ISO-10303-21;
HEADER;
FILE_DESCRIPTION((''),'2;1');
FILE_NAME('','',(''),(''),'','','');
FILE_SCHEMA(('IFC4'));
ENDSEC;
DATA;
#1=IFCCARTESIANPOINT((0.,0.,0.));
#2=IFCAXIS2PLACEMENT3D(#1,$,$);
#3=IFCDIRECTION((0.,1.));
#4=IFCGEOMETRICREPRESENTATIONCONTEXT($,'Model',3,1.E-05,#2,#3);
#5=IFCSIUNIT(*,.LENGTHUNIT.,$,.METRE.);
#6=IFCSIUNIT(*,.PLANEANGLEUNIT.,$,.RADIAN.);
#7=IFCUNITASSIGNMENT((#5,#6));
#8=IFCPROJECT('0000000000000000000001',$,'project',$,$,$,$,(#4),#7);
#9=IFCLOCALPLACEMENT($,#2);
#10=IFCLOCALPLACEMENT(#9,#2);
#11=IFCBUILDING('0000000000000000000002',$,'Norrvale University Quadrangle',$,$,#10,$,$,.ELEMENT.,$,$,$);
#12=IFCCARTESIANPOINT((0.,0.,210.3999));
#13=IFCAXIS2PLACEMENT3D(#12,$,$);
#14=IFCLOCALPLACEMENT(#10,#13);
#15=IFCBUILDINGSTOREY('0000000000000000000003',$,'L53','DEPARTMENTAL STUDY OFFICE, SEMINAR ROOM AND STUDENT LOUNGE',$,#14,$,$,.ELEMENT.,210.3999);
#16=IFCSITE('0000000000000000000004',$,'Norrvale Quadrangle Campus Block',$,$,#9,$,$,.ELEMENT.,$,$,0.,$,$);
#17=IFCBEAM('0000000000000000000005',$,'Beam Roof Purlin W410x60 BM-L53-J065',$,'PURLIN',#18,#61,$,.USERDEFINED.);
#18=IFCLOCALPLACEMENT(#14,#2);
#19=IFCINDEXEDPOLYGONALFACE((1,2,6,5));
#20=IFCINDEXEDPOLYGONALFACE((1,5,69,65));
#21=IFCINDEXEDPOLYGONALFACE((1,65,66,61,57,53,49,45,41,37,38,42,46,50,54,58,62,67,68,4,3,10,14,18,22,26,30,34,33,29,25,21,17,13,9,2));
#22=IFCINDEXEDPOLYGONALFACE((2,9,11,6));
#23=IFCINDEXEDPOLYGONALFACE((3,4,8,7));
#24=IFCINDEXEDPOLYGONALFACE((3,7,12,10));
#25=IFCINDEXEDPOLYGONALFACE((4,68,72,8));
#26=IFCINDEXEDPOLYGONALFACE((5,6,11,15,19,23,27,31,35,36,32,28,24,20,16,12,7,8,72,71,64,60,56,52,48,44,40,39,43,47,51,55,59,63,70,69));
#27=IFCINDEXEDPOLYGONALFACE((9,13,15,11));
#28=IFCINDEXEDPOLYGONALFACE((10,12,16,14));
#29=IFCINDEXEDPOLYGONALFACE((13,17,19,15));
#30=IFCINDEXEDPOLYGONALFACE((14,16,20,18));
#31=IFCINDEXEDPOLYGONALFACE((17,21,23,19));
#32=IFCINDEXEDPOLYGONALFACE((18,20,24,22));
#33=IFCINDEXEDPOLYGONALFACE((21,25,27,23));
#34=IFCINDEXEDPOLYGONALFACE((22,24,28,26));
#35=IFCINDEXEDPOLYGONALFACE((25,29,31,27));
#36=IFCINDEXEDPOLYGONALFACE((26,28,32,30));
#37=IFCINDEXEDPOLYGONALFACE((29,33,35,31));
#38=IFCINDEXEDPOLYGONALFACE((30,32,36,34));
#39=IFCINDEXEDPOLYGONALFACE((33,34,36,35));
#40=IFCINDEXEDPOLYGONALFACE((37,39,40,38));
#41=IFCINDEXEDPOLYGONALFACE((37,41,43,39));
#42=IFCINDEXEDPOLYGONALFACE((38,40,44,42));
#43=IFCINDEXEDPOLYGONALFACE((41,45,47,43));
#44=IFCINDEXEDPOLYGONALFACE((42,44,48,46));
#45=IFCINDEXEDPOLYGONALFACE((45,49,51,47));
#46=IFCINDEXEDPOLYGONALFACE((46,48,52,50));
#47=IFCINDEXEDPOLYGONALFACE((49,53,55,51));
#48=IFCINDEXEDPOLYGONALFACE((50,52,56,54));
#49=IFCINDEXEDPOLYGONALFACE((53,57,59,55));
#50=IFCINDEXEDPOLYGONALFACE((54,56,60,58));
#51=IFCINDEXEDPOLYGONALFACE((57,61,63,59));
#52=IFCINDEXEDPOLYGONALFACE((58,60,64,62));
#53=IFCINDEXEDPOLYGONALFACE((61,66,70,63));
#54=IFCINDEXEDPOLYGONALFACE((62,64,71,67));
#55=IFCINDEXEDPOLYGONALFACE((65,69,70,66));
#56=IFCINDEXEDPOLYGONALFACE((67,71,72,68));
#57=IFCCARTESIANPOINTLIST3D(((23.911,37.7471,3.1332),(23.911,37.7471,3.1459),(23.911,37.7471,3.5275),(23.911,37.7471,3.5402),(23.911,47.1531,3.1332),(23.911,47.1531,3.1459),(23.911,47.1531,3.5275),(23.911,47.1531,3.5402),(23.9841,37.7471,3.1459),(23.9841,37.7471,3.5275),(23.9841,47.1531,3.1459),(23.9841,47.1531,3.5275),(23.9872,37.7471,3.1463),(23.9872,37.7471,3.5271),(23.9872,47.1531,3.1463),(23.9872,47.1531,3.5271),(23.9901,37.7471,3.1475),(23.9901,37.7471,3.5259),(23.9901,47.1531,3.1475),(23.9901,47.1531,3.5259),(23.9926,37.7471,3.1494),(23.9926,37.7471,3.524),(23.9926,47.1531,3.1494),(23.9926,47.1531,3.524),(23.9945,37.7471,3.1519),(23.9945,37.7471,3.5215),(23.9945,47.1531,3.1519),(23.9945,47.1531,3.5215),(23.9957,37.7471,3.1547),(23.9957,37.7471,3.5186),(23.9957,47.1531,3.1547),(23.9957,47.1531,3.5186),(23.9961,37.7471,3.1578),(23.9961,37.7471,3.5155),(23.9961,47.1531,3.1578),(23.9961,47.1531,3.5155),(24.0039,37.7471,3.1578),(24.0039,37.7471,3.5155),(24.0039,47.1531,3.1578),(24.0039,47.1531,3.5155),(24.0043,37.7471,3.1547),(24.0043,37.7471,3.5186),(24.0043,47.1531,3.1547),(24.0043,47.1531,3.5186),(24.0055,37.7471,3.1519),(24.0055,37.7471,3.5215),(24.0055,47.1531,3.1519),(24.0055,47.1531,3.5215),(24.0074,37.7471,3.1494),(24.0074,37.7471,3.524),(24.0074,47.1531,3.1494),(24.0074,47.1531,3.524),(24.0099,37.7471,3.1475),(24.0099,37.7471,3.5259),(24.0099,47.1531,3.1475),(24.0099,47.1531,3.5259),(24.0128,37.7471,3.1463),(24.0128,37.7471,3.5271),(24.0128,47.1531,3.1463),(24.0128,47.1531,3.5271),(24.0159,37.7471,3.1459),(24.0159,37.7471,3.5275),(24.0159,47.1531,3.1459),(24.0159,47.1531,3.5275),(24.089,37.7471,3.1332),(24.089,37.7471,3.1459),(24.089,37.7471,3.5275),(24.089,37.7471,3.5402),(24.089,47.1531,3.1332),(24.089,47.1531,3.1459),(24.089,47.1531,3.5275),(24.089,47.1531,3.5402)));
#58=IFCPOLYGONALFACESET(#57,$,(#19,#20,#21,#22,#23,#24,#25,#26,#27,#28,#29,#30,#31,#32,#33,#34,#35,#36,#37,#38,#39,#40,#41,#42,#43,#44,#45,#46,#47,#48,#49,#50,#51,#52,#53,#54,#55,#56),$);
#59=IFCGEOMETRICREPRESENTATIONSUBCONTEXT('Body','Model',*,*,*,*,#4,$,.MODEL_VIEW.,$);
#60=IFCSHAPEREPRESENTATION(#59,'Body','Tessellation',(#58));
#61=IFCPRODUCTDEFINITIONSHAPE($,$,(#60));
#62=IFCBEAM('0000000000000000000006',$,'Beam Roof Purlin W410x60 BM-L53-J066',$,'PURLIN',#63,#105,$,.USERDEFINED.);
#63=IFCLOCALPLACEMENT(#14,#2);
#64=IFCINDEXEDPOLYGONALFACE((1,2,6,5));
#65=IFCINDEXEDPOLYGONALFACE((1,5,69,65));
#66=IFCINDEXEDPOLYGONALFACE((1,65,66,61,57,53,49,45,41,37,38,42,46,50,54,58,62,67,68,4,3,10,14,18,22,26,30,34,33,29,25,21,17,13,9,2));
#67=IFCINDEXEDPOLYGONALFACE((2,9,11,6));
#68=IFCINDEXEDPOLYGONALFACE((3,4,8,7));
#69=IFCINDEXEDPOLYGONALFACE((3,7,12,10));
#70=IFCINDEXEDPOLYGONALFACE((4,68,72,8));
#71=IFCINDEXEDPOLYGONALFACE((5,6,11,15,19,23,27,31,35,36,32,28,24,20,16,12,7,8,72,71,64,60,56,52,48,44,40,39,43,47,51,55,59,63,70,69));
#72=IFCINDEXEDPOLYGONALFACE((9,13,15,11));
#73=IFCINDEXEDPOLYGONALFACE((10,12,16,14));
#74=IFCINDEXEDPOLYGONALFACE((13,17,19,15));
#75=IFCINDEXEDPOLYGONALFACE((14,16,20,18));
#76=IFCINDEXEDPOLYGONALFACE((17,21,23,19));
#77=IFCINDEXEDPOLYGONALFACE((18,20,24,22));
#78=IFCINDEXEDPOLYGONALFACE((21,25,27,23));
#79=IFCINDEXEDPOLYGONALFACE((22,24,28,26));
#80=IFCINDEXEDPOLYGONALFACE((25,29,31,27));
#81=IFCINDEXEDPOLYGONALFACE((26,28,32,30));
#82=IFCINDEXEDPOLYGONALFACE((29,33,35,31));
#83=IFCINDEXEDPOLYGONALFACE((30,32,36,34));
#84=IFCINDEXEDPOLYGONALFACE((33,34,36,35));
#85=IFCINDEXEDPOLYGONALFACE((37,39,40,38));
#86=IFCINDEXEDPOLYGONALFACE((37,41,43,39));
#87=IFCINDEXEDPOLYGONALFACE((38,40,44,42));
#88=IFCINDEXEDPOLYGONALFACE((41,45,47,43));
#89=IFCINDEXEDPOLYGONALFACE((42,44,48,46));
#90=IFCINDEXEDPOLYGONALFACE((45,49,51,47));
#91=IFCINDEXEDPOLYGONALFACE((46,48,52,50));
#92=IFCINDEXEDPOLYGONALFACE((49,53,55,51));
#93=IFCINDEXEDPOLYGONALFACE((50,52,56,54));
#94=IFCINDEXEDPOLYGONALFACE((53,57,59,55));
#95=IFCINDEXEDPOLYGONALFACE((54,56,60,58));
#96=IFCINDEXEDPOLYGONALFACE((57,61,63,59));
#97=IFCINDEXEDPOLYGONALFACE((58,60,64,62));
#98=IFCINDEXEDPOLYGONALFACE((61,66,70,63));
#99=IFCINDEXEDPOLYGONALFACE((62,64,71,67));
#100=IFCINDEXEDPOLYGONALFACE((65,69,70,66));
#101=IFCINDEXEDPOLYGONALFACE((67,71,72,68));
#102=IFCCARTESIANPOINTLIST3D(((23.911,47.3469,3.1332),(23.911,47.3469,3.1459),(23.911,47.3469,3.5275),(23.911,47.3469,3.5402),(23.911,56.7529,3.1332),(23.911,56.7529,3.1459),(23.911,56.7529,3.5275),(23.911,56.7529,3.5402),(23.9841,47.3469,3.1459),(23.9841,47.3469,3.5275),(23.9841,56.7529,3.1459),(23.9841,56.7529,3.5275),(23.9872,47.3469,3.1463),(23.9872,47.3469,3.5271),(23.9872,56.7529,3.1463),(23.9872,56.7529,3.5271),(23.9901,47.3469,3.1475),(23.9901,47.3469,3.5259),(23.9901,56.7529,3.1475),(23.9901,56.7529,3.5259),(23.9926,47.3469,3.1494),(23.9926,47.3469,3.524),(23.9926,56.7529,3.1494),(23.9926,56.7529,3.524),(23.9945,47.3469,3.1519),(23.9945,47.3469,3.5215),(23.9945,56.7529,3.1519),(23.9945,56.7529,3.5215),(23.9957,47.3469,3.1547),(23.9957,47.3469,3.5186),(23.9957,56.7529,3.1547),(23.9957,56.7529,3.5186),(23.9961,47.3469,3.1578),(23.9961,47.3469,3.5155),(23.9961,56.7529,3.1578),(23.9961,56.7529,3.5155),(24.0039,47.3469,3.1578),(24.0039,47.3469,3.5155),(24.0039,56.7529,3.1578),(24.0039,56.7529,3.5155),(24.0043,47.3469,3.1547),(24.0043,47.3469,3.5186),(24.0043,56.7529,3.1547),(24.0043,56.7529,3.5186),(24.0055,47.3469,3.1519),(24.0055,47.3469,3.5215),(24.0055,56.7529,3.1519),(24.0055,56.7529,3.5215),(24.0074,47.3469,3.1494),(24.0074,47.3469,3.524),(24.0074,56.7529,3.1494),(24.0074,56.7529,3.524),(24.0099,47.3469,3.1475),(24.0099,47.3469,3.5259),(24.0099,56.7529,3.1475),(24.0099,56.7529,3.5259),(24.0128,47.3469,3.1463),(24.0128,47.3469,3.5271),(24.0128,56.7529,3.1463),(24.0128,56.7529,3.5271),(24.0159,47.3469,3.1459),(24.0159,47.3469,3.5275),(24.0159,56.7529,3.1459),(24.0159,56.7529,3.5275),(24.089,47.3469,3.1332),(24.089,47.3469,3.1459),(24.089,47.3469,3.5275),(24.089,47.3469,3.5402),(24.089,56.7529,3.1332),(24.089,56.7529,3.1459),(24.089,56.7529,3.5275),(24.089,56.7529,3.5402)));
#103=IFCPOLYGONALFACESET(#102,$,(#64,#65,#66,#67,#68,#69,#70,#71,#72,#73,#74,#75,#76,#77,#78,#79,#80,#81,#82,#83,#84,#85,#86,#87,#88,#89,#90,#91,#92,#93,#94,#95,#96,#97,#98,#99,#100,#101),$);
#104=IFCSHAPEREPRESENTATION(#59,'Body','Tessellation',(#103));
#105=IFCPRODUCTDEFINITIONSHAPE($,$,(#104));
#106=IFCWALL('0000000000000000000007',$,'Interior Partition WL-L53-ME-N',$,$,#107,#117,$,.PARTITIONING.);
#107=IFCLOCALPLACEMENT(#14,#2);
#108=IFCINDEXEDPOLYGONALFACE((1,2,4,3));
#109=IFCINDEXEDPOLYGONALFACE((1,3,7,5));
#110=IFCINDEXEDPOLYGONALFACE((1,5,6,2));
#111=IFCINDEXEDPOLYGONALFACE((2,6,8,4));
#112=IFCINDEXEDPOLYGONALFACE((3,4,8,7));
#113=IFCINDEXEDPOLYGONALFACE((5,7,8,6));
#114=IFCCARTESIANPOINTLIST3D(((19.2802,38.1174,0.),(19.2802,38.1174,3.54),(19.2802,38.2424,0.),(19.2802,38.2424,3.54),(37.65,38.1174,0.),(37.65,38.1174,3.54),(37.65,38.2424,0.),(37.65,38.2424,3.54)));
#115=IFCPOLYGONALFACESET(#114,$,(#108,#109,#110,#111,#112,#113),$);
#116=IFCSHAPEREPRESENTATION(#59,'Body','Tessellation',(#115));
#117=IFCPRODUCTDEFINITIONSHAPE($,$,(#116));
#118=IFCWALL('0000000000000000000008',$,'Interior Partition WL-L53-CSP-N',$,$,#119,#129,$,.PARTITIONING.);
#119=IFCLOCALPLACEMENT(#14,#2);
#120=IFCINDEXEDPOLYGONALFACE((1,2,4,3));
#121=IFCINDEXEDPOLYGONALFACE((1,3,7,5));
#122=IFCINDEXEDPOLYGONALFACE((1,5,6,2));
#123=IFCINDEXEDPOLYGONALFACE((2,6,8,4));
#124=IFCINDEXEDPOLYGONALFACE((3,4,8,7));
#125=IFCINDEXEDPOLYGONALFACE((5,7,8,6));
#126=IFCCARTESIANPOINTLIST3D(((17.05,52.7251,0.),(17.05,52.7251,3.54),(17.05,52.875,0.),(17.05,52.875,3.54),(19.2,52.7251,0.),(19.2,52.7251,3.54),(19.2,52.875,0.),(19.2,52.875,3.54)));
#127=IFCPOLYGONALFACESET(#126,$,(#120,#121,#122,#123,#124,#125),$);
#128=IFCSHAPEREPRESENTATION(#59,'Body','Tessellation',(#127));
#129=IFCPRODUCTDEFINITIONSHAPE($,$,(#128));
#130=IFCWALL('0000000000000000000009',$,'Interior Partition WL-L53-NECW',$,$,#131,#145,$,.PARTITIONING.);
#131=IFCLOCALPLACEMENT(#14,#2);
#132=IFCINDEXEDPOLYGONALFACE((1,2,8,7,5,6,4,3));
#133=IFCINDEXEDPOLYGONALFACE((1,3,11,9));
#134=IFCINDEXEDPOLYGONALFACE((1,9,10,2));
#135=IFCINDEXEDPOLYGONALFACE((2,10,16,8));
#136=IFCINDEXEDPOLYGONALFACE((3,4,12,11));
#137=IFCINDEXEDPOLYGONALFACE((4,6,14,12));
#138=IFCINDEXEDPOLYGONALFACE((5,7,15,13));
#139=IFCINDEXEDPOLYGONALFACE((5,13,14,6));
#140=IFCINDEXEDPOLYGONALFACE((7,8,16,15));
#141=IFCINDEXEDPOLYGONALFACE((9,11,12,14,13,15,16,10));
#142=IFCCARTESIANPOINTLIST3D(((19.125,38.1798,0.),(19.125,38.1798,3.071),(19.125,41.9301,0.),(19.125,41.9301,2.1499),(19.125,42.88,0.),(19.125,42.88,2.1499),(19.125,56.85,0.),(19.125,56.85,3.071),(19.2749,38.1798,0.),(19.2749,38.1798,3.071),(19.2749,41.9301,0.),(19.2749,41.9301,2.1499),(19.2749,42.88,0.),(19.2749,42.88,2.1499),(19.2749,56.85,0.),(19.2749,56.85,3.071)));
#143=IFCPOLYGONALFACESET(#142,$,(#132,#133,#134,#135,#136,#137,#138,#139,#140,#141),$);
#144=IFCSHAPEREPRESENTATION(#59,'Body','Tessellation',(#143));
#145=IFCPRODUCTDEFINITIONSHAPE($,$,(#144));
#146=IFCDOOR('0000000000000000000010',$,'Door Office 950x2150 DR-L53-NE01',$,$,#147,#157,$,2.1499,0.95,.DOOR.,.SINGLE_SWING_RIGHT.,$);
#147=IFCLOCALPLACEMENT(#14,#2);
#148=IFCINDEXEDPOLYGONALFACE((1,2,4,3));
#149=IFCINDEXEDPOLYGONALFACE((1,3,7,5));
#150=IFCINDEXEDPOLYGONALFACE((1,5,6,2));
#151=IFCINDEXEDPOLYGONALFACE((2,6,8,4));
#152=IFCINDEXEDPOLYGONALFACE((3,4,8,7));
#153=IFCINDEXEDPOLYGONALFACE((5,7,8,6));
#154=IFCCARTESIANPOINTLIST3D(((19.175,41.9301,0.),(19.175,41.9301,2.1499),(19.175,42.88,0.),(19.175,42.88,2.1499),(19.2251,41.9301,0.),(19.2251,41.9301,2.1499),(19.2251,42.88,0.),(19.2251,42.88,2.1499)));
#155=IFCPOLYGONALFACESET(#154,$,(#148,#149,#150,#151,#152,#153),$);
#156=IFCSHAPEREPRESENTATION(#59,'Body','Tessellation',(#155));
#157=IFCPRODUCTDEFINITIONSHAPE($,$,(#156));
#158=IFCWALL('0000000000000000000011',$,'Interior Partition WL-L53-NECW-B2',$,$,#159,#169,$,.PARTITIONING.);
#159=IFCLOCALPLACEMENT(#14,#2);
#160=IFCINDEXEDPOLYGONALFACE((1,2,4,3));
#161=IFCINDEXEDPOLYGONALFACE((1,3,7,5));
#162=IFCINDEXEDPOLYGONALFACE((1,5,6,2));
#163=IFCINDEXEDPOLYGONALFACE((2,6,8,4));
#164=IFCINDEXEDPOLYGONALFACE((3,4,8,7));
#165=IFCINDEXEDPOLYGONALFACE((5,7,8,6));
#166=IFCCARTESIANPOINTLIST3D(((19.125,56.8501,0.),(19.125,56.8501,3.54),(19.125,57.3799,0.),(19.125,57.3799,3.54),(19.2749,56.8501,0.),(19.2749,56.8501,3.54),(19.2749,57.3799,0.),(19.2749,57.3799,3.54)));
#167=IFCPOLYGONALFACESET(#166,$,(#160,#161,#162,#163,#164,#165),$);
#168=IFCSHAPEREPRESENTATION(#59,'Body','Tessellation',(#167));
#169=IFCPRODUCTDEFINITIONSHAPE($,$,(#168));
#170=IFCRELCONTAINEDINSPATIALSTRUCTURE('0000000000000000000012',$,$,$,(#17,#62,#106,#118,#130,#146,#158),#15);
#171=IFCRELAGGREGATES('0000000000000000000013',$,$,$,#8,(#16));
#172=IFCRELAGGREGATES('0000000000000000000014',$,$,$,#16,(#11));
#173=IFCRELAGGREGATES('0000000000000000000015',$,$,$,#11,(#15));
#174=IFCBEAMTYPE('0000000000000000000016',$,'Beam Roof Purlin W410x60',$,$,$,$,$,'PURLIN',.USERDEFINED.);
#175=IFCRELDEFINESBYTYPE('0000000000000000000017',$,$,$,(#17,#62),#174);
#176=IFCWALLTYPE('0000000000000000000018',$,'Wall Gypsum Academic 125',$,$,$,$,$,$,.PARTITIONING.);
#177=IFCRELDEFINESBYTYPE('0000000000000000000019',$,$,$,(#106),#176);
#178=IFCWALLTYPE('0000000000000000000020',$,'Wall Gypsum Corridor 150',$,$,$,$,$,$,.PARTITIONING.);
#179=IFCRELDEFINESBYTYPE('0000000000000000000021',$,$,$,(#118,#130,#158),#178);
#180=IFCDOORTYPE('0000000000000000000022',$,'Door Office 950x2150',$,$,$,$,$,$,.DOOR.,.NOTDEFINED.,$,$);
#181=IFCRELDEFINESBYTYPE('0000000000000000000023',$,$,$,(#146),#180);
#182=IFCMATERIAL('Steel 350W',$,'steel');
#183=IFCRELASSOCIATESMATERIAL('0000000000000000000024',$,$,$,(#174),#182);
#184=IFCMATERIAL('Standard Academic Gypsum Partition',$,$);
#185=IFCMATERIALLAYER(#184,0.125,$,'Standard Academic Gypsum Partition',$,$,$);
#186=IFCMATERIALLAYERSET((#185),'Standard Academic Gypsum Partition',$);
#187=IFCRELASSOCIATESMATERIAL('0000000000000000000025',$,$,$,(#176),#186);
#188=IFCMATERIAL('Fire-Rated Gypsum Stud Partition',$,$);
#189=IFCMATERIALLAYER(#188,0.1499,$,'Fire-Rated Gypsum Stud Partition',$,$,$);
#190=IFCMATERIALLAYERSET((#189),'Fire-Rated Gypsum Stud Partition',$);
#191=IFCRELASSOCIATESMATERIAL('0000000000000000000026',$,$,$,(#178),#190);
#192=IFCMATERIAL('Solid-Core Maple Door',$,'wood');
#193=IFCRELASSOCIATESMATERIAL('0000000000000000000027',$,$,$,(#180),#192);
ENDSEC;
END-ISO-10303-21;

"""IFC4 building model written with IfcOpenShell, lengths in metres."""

from ifc_helpers import new_model, si_unit, direction, frame, frame_2d, origin, origin_2d, place, context, subcontext, project, spatial, rectangle, i_section, extrude, material, layer, layer_set, material_profile, profile_set, type_object, element, fill, save


model = new_model("IFC4")

# Units and contexts
model_context = context("Model", 3, precision=1e-05, world=origin(), true_north=direction((0.0, 1.0)))
body_context = subcontext(model_context, "Body", "Model", "MODEL_VIEW")
ifc_project = project(units=[si_unit("LENGTHUNIT", "METRE"), si_unit("PLANEANGLEUNIT", "RADIAN")], contexts=[model_context])

# Site, building, storey
site_placement = place(None, origin())
site = spatial("IfcSite", under=ifc_project, at=site_placement, Name="Norrvale Quadrangle Campus Block", CompositionType="ELEMENT", RefElevation=0.0)
building_placement = place(site_placement, origin())
building = spatial("IfcBuilding", under=site, at=building_placement, Name="Norrvale University Quadrangle", CompositionType="ELEMENT")
storey_placement = place(building_placement, frame((0.0, 0.0, 210.3999)))
storey = spatial("IfcBuildingStorey", under=building, at=storey_placement, Name="L53", Description="DEPARTMENTAL STUDY OFFICE, SEMINAR ROOM AND STUDENT LOUNGE", CompositionType="ELEMENT", Elevation=210.3999)

# Beams
ifc_material_1 = material(Name="Steel 350W", Category="steel")
ifc_material_profile_1 = material_profile(ifc_material_1, i_section(OverallWidth=0.178, OverallDepth=0.407, WebThickness=0.0078, FlangeThickness=0.0127, FilletRadius=0.012, at=origin_2d()), Name="Steel 350W")
ifc_profile_set_1 = profile_set([ifc_material_profile_1], Name="Steel 350W")
beam_type_1 = type_object("IfcBeamType", Name="Beam Roof Purlin W410x60", ElementType="PURLIN", PredefinedType="USERDEFINED", material=ifc_profile_set_1)
for number, where, z_axis, x_axis, name in (
    (1, (24.0, 37.7471, 3.3367), (0.0, 1.0, 0.0), (-1.0, 0.0, 0.0), "Beam Roof Purlin W410x60 BM-L53-J065"),
    (2, (24.0, 47.3469, 3.3367), (0.0, 1.0, 0.0), (-1.0, 0.0, 0.0), "Beam Roof Purlin W410x60 BM-L53-J066"),
):
    element("IfcBeam", number, at=place(storey_placement, frame(where, z_axis=z_axis, x_axis=x_axis)), inside=storey, type_object=beam_type_1, Name=name, ObjectType="PURLIN", PredefinedType="USERDEFINED", context=body_context, shape_type="SweptSolid", body=[
        extrude(i_section(OverallWidth=0.178, OverallDepth=0.407, WebThickness=0.0078, FlangeThickness=0.0127, FilletRadius=0.012, at=origin_2d()), origin(), (0.0, 0.0, 1.0), 9.406),
    ])

# Walls
ifc_material_2 = material(Name="Standard Academic Gypsum Partition")
ifc_layer_1 = layer(ifc_material_2, 0.125, Name="Standard Academic Gypsum Partition")
ifc_layer_set_1 = layer_set([ifc_layer_1], Name="Standard Academic Gypsum Partition")
wall_type_1 = type_object("IfcWallType", Name="Wall Gypsum Academic 125", PredefinedType="PARTITIONING", material=ifc_layer_set_1)
wall_1_placement = place(storey_placement, frame((19.28, 38.1799, 0.0), z_axis=(0.0, 0.0, 1.0), x_axis=(1.0, 0.0, 0.0)))
element("IfcWall", 3, at=wall_1_placement, inside=storey, type_object=wall_type_1, Name="Interior Partition WL-L53-ME-N", PredefinedType="PARTITIONING", context=body_context, shape_type="SweptSolid", body=[
    extrude(rectangle(XDim=18.3699, YDim=0.125, at=frame_2d((9.1851, 0.0))), origin(), (0.0, 0.0, 1.0), 3.54),
])
ifc_material_3 = material(Name="Fire-Rated Gypsum Stud Partition")
ifc_layer_2 = layer(ifc_material_3, 0.1499, Name="Fire-Rated Gypsum Stud Partition")
ifc_layer_set_2 = layer_set([ifc_layer_2], Name="Fire-Rated Gypsum Stud Partition")
wall_type_2 = type_object("IfcWallType", Name="Wall Gypsum Corridor 150", PredefinedType="PARTITIONING", material=ifc_layer_set_2)
wall_2_placement = place(storey_placement, frame((17.05, 52.8, 0.0), z_axis=(0.0, 0.0, 1.0), x_axis=(1.0, 0.0, 0.0)))
element("IfcWall", 4, at=wall_2_placement, inside=storey, type_object=wall_type_2, Name="Interior Partition WL-L53-CSP-N", PredefinedType="PARTITIONING", context=body_context, shape_type="SweptSolid", body=[
    extrude(rectangle(XDim=2.1499, YDim=0.1499, at=frame_2d((1.075, 0.0))), origin(), (0.0, 0.0, 1.0), 3.54),
])

# Wall, opening, door
wall_3_placement = place(storey_placement, frame((19.2, 38.1799, 0.0), z_axis=(0.0, 0.0, 1.0), x_axis=(0.0, 1.0, 0.0)))
wall_3 = element("IfcWall", 5, at=wall_3_placement, inside=storey, type_object=wall_type_2, Name="Interior Partition WL-L53-NECW", PredefinedType="PARTITIONING", context=body_context, shape_type="SweptSolid", body=[
    extrude(rectangle(XDim=18.6702, YDim=0.1499, at=frame_2d((9.335, 0.0))), origin(), (0.0, 0.0, 1.0), 3.071),
])
opening_1_placement = place(wall_3_placement, frame((3.75, 0.0, 0.0)))
opening_1 = element("IfcOpeningElement", 6, at=opening_1_placement, cuts=wall_3, PredefinedType="OPENING", context=body_context, shape_type="SweptSolid", body=[
    extrude(rectangle(XDim=0.95, YDim=2.1499, at=frame_2d((0.4751, 1.075))), frame((0.0, 0.0869, 0.0), z_axis=(0.0, -1.0, 0.0), x_axis=(1.0, 0.0, 0.0)), (0.0, 0.0, 1.0), 0.1738),
])
ifc_material_4 = material(Name="Solid-Core Maple Door", Category="wood")
door_type = type_object("IfcDoorType", Name="Door Office 950x2150", OperationType="NOTDEFINED", PredefinedType="DOOR", material=ifc_material_4)
door_1_placement = place(opening_1_placement, origin())
door_1 = element("IfcDoor", 7, at=door_1_placement, inside=storey, type_object=door_type, Name="Door Office 950x2150 DR-L53-NE01", OperationType="SINGLE_SWING_RIGHT", OverallHeight=2.1499, OverallWidth=0.95, PredefinedType="DOOR", context=body_context, shape_type="SweptSolid", body=[
    extrude(rectangle(XDim=0.95, YDim=2.1499, at=frame_2d((0.4751, 1.075))), frame((0.0, 0.0249, 0.0), z_axis=(0.0, -1.0, 0.0), x_axis=(1.0, 0.0, 0.0)), (0.0, 0.0, 1.0), 0.05),
])
fill(opening_1, door_1)

# Wall
wall_4_placement = place(storey_placement, frame((19.2, 56.8501, 0.0), z_axis=(0.0, 0.0, 1.0), x_axis=(0.0, 1.0, 0.0)))
element("IfcWall", 8, at=wall_4_placement, inside=storey, type_object=wall_type_2, Name="Interior Partition WL-L53-NECW-B2", PredefinedType="PARTITIONING", context=body_context, shape_type="SweptSolid", body=[
    extrude(rectangle(XDim=0.5298, YDim=0.1499, at=frame_2d((0.2649, 0.0))), origin(), (0.0, 0.0, 1.0), 3.54),
])

save(model, "model.ifc")
